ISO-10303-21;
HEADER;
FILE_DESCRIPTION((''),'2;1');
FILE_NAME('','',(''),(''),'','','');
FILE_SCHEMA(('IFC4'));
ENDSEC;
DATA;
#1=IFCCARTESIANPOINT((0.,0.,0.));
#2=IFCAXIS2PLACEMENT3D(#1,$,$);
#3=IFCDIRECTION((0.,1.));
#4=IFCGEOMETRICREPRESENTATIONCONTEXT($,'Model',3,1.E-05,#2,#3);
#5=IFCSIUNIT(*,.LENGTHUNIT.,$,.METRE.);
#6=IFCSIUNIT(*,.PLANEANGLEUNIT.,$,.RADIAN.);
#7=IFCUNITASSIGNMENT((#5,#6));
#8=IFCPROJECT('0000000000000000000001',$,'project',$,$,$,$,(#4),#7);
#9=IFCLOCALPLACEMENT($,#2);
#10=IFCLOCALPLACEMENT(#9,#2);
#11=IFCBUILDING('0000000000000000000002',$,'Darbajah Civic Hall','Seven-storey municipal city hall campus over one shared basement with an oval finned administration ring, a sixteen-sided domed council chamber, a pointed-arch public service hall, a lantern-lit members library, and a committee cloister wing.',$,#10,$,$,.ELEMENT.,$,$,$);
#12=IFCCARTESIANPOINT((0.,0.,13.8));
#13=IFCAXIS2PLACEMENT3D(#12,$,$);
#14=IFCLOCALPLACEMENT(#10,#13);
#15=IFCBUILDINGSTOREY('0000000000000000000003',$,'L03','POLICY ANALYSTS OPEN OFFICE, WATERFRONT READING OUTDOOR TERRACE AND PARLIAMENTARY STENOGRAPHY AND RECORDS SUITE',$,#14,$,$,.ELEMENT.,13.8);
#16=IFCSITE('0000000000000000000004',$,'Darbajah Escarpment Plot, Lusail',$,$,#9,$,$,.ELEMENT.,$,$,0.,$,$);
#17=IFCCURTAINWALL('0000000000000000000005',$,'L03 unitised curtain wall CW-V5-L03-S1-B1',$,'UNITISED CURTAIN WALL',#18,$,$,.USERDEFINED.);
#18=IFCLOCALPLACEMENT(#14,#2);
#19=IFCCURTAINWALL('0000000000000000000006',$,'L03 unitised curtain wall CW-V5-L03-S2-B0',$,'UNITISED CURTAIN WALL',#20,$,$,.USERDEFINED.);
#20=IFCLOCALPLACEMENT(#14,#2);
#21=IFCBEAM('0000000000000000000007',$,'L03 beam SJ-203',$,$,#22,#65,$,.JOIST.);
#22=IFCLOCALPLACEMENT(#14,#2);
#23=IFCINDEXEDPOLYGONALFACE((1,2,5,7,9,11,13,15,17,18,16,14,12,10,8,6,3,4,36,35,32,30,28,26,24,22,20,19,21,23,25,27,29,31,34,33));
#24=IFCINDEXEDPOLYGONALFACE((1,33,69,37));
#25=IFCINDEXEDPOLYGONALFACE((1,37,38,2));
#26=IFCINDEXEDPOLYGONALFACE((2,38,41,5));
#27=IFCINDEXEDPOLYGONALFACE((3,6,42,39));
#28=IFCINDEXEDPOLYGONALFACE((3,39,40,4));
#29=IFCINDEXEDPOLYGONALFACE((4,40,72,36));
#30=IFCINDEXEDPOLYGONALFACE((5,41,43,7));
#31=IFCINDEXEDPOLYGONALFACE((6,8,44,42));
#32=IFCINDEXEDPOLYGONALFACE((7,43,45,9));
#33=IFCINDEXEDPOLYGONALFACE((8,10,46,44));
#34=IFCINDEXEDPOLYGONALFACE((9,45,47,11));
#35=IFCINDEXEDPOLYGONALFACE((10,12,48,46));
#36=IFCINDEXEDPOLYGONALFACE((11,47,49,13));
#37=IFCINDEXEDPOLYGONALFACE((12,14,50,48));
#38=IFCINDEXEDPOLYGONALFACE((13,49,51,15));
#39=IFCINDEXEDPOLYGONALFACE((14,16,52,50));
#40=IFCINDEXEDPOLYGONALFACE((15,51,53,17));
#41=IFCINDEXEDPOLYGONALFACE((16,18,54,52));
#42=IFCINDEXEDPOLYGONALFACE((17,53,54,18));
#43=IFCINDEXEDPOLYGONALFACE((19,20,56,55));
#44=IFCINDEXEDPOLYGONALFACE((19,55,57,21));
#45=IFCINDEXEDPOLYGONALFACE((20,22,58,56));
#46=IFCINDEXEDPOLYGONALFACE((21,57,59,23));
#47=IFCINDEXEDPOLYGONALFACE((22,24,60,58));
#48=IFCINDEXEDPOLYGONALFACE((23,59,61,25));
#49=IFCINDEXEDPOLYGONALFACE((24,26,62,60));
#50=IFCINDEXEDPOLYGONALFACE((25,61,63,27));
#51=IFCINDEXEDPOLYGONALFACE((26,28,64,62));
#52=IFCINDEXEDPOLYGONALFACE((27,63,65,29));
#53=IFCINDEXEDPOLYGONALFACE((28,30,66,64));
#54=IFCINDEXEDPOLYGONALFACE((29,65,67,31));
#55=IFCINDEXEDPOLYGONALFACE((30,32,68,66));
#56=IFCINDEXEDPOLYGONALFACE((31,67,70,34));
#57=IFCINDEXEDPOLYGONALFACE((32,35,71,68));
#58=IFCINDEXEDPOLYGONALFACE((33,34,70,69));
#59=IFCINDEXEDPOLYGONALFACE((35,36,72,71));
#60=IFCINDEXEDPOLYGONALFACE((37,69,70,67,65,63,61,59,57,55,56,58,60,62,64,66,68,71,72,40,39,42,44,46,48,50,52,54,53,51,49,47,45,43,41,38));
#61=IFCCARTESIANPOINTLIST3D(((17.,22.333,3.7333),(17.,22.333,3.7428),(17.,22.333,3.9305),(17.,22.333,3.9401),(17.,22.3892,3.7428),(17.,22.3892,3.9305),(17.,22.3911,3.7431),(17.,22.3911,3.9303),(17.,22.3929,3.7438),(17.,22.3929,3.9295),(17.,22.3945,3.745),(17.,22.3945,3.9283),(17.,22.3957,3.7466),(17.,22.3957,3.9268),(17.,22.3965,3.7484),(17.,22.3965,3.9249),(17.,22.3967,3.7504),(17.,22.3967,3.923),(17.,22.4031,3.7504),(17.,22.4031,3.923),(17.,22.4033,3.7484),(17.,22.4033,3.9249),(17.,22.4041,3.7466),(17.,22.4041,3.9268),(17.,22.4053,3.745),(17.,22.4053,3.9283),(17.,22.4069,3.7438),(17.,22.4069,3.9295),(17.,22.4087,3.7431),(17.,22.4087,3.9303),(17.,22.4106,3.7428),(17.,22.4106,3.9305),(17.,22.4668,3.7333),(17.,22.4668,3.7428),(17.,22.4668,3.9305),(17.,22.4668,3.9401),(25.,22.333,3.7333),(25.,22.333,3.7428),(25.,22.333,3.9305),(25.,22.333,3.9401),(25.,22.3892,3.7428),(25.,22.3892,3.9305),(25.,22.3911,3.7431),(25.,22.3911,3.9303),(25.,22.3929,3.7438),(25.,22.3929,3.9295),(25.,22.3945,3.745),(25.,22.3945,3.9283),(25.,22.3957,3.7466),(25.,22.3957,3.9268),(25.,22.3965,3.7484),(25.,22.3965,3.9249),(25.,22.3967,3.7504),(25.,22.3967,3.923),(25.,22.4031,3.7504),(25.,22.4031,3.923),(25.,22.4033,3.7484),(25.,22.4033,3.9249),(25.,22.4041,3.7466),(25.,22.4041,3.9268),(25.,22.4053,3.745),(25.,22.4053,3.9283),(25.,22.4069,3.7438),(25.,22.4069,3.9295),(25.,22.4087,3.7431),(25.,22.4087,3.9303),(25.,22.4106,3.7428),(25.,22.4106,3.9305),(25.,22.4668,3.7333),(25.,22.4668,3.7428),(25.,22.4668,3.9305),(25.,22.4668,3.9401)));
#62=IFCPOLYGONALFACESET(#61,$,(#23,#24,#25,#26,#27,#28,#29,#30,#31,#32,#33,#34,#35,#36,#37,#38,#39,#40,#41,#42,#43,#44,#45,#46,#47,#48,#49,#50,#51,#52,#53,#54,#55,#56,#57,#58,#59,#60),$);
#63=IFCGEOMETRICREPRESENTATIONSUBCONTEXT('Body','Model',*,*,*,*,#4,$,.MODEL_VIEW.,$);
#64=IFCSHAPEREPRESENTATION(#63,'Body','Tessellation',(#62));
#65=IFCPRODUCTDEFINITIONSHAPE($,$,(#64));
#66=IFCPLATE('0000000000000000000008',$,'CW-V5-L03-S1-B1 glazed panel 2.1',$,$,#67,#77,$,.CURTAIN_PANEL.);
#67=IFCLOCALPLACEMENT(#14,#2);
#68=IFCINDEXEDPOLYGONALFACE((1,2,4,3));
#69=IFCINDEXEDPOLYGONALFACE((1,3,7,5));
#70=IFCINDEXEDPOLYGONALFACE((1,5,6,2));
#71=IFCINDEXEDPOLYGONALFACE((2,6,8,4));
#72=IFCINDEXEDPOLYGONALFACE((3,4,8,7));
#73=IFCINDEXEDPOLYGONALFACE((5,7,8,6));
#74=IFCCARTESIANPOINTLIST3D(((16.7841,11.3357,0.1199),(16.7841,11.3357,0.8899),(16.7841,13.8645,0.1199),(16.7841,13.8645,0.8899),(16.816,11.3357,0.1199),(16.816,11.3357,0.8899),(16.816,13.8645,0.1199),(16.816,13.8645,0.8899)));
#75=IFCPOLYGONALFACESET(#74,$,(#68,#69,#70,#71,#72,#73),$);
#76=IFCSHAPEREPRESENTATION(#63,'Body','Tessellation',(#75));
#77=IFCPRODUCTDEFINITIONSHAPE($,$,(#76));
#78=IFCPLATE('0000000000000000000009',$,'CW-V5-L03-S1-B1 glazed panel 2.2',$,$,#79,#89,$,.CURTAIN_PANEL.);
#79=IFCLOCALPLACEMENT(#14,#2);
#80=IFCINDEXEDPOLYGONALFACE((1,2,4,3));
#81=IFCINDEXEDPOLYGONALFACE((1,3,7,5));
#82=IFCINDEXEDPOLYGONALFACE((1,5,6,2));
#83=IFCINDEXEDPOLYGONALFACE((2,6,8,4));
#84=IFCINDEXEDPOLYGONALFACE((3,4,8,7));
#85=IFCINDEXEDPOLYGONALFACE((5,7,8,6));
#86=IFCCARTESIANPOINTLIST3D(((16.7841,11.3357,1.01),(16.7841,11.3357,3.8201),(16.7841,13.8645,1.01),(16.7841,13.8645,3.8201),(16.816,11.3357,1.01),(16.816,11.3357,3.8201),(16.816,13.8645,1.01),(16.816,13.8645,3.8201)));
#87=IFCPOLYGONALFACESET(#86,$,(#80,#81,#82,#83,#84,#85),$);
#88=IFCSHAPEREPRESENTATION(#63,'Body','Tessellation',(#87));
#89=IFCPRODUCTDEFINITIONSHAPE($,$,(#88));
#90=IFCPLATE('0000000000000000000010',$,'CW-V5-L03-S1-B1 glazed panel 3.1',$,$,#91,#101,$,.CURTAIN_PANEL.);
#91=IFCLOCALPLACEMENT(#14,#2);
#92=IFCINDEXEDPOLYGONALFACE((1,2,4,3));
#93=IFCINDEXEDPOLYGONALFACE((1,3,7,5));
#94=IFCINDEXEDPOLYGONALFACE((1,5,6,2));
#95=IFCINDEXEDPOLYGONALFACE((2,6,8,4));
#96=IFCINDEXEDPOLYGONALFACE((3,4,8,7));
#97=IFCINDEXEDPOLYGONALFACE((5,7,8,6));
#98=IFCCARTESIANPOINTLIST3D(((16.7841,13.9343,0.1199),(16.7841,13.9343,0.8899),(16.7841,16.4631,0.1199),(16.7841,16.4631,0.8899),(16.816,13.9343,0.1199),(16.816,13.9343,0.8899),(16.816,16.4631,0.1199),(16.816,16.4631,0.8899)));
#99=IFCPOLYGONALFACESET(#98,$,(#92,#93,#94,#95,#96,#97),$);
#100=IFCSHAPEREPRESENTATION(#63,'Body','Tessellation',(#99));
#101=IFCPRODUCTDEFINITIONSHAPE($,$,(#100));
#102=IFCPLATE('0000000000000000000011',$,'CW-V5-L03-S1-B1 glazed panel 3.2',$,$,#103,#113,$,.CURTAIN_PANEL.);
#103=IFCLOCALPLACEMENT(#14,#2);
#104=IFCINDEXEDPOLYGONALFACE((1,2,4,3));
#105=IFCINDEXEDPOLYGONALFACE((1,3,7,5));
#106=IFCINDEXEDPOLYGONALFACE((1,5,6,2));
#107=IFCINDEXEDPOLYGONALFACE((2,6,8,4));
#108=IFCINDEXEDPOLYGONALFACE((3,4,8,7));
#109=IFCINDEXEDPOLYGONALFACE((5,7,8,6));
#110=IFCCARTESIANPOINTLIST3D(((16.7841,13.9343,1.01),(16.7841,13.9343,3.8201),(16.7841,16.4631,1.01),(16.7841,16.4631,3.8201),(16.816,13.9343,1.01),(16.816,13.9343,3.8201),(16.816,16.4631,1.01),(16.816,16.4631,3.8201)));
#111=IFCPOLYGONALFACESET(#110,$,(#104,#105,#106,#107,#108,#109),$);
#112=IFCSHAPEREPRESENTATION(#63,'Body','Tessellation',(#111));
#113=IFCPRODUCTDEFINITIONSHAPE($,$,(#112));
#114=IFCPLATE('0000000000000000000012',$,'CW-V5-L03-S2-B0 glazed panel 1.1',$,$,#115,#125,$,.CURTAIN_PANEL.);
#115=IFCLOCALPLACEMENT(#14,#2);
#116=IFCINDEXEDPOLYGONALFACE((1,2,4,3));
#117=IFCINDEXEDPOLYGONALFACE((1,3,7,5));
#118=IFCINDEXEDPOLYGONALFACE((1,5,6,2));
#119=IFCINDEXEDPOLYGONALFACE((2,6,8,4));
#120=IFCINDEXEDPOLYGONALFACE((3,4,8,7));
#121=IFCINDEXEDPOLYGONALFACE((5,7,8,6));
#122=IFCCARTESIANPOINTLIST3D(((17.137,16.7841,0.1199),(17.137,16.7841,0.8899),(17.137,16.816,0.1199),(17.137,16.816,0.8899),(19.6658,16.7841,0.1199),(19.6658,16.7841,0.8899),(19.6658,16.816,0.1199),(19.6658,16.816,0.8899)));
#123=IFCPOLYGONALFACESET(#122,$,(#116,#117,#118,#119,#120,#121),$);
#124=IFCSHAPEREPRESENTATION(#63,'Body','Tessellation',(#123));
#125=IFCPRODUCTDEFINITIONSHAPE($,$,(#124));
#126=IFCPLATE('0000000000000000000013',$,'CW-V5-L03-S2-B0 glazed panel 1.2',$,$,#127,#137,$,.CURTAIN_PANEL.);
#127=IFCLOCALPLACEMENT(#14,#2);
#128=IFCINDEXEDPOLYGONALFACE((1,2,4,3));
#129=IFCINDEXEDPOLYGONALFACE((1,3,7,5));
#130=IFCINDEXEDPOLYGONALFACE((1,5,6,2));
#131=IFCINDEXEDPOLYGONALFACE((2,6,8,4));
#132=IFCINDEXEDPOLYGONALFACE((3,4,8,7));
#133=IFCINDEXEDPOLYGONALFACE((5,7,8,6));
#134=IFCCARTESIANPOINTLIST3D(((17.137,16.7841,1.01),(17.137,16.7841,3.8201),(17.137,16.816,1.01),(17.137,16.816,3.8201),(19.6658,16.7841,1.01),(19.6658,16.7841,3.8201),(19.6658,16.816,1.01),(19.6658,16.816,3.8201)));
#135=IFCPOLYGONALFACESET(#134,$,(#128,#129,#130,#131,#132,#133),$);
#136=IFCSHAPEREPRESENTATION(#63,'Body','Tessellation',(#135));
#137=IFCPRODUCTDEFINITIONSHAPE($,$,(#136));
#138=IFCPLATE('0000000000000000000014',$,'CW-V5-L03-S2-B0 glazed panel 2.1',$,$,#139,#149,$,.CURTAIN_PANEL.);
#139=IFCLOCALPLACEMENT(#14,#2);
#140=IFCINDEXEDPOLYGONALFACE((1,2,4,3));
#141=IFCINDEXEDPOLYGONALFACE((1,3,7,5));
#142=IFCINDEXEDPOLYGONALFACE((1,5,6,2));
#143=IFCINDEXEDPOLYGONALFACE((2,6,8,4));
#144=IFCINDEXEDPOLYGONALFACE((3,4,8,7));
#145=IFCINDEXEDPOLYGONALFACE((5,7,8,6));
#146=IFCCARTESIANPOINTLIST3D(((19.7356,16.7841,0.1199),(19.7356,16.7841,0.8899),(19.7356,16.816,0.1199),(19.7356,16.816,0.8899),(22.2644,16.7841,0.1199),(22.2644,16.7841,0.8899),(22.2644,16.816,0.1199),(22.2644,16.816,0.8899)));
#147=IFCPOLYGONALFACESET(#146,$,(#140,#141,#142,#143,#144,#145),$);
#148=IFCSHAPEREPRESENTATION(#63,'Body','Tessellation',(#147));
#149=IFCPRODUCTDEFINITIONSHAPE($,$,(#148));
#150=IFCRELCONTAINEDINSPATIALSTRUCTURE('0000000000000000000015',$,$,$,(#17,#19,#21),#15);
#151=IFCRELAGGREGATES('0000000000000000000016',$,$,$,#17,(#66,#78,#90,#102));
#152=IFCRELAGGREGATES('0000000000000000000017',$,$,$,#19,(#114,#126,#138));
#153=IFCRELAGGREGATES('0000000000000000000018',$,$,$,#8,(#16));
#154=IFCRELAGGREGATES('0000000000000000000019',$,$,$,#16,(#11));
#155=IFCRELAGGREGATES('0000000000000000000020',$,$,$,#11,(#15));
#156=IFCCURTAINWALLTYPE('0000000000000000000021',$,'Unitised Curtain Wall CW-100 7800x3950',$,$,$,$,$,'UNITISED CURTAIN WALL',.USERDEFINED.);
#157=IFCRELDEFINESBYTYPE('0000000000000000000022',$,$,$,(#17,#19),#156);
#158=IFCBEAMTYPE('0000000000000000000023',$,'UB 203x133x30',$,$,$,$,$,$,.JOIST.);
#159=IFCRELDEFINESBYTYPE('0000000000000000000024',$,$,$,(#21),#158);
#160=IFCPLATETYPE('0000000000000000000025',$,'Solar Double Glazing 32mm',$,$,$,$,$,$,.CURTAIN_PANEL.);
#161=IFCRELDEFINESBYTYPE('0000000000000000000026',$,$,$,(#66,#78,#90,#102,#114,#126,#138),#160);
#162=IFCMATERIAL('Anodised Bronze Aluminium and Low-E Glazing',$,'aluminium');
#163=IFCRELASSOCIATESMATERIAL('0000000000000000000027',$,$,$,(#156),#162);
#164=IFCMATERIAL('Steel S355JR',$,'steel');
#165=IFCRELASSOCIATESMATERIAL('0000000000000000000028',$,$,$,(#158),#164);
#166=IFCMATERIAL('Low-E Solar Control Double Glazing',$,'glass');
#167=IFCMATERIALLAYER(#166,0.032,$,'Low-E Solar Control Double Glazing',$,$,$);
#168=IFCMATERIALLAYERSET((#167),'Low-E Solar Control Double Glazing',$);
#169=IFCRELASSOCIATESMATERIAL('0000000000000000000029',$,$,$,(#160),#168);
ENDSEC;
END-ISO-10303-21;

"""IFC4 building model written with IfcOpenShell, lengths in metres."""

from ifc_helpers import new_model, si_unit, direction, frame, origin, origin_2d, place, context, subcontext, project, spatial, rectangle, i_section, extrude, material, layer, layer_set, material_profile, profile_set, type_object, element, aggregate, save


model = new_model("IFC4")

# Units and contexts
model_context = context("Model", 3, precision=1e-05, world=origin(), true_north=direction((0.0, 1.0)))
body_context = subcontext(model_context, "Body", "Model", "MODEL_VIEW")
ifc_project = project(units=[si_unit("LENGTHUNIT", "METRE"), si_unit("PLANEANGLEUNIT", "RADIAN")], contexts=[model_context])

# Site, building, storey
site_placement = place(None, origin())
site = spatial("IfcSite", under=ifc_project, at=site_placement, Name="Darbajah Escarpment Plot, Lusail", CompositionType="ELEMENT", RefElevation=0.0)
building_placement = place(site_placement, origin())
building = spatial("IfcBuilding", under=site, at=building_placement, Name="Darbajah Civic Hall", Description="Seven-storey municipal city hall campus over one shared basement with an oval finned administration ring, a sixteen-sided domed council chamber, a pointed-arch public service hall, a lantern-lit members library, and a committee cloister wing.", CompositionType="ELEMENT")
storey_placement = place(building_placement, frame((0.0, 0.0, 13.8)))
storey = spatial("IfcBuildingStorey", under=building, at=storey_placement, Name="L03", Description="POLICY ANALYSTS OPEN OFFICE, WATERFRONT READING OUTDOOR TERRACE AND PARLIAMENTARY STENOGRAPHY AND RECORDS SUITE", CompositionType="ELEMENT", Elevation=13.8)

# Curtain walls
ifc_material_1 = material(Name="Anodised Bronze Aluminium and Low-E Glazing", Category="aluminium")
curtain_wall_type = type_object("IfcCurtainWallType", Name="Unitised Curtain Wall CW-100 7800x3950", ElementType="UNITISED CURTAIN WALL", PredefinedType="USERDEFINED", material=ifc_material_1)
curtain_wall_1_placement = place(storey_placement, origin())
curtain_wall_1 = element("IfcCurtainWall", 1, at=curtain_wall_1_placement, inside=storey, type_object=curtain_wall_type, Name="L03 unitised curtain wall CW-V5-L03-S1-B1", ObjectType="UNITISED CURTAIN WALL", PredefinedType="USERDEFINED")
curtain_wall_2_placement = place(storey_placement, origin())
curtain_wall_2 = element("IfcCurtainWall", 2, at=curtain_wall_2_placement, inside=storey, type_object=curtain_wall_type, Name="L03 unitised curtain wall CW-V5-L03-S2-B0", ObjectType="UNITISED CURTAIN WALL", PredefinedType="USERDEFINED")

# Beam
ifc_material_2 = material(Name="Steel S355JR", Category="steel")
ifc_material_profile_1 = material_profile(ifc_material_2, i_section(OverallWidth=0.1338, OverallDepth=0.2068, WebThickness=0.0063, FlangeThickness=0.0095, FilletRadius=0.0076, at=origin_2d()), Name="UB 203x133x30")
ifc_profile_set_1 = profile_set([ifc_material_profile_1], Name="Steel S355JR")
beam_type_1 = type_object("IfcBeamType", Name="UB 203x133x30", PredefinedType="JOIST", material=ifc_profile_set_1)
for number, where, z_axis, x_axis, name in (
    (3, (17.0, 22.3999, 3.8367), (1.0, 0.0, 0.0), (0.0, 1.0, 0.0), "L03 beam SJ-203"),
):
    element("IfcBeam", number, at=place(storey_placement, frame(where, z_axis=z_axis, x_axis=x_axis)), inside=storey, type_object=beam_type_1, Name=name, PredefinedType="JOIST", context=body_context, shape_type="SweptSolid", body=[
        extrude(i_section(OverallWidth=0.1338, OverallDepth=0.2068, WebThickness=0.0063, FlangeThickness=0.0095, FilletRadius=0.0076, at=origin_2d()), origin(), (0.0, 0.0, 1.0), 8.0),
    ])

# Plates
ifc_material_3 = material(Name="Low-E Solar Control Double Glazing", Category="glass")
ifc_layer = layer(ifc_material_3, 0.032, Name="Low-E Solar Control Double Glazing")
ifc_layer_set = layer_set([ifc_layer], Name="Low-E Solar Control Double Glazing")
plate_type = type_object("IfcPlateType", Name="Solar Double Glazing 32mm", PredefinedType="CURTAIN_PANEL", material=ifc_layer_set)
plate_1_placement = place(storey_placement, frame((16.8, 12.6001, 0.1199), z_axis=(0.0, 0.0, 1.0), x_axis=(0.0, 1.0, 0.0)))
plate_1 = element("IfcPlate", 4, at=plate_1_placement, type_object=plate_type, Name="CW-V5-L03-S1-B1 glazed panel 2.1", PredefinedType="CURTAIN_PANEL", context=body_context, shape_type="SweptSolid", body=[
    extrude(rectangle(XDim=2.5288, YDim=0.032, at=origin_2d()), origin(), (0.0, 0.0, 1.0), 0.77),
])
plate_2_placement = place(storey_placement, frame((16.8, 12.6001, 1.01), z_axis=(0.0, 0.0, 1.0), x_axis=(0.0, 1.0, 0.0)))
plate_2 = element("IfcPlate", 5, at=plate_2_placement, type_object=plate_type, Name="CW-V5-L03-S1-B1 glazed panel 2.2", PredefinedType="CURTAIN_PANEL", context=body_context, shape_type="SweptSolid", body=[
    extrude(rectangle(XDim=2.5288, YDim=0.032, at=origin_2d()), origin(), (0.0, 0.0, 1.0), 2.8101),
])
plate_3_placement = place(storey_placement, frame((16.8, 15.1987, 0.1199), z_axis=(0.0, 0.0, 1.0), x_axis=(0.0, 1.0, 0.0)))
plate_3 = element("IfcPlate", 6, at=plate_3_placement, type_object=plate_type, Name="CW-V5-L03-S1-B1 glazed panel 3.1", PredefinedType="CURTAIN_PANEL", context=body_context, shape_type="SweptSolid", body=[
    extrude(rectangle(XDim=2.5288, YDim=0.032, at=origin_2d()), origin(), (0.0, 0.0, 1.0), 0.77),
])
plate_4_placement = place(storey_placement, frame((16.8, 15.1987, 1.01), z_axis=(0.0, 0.0, 1.0), x_axis=(0.0, 1.0, 0.0)))
plate_4 = element("IfcPlate", 7, at=plate_4_placement, type_object=plate_type, Name="CW-V5-L03-S1-B1 glazed panel 3.2", PredefinedType="CURTAIN_PANEL", context=body_context, shape_type="SweptSolid", body=[
    extrude(rectangle(XDim=2.5288, YDim=0.032, at=origin_2d()), origin(), (0.0, 0.0, 1.0), 2.8101),
])
aggregate(curtain_wall_1, [plate_1, plate_2, plate_3, plate_4])
plate_5_placement = place(storey_placement, frame((18.4014, 16.8, 0.1199), z_axis=(0.0, 0.0, 1.0), x_axis=(1.0, 0.0, 0.0)))
plate_5 = element("IfcPlate", 8, at=plate_5_placement, type_object=plate_type, Name="CW-V5-L03-S2-B0 glazed panel 1.1", PredefinedType="CURTAIN_PANEL", context=body_context, shape_type="SweptSolid", body=[
    extrude(rectangle(XDim=2.5288, YDim=0.032, at=origin_2d()), origin(), (0.0, 0.0, 1.0), 0.77),
])
plate_6_placement = place(storey_placement, frame((18.4014, 16.8, 1.01), z_axis=(0.0, 0.0, 1.0), x_axis=(1.0, 0.0, 0.0)))
plate_6 = element("IfcPlate", 9, at=plate_6_placement, type_object=plate_type, Name="CW-V5-L03-S2-B0 glazed panel 1.2", PredefinedType="CURTAIN_PANEL", context=body_context, shape_type="SweptSolid", body=[
    extrude(rectangle(XDim=2.5288, YDim=0.032, at=origin_2d()), origin(), (0.0, 0.0, 1.0), 2.8101),
])
plate_7_placement = place(storey_placement, frame((21.0, 16.8, 0.1199), z_axis=(0.0, 0.0, 1.0), x_axis=(1.0, 0.0, 0.0)))
plate_7 = element("IfcPlate", 10, at=plate_7_placement, type_object=plate_type, Name="CW-V5-L03-S2-B0 glazed panel 2.1", PredefinedType="CURTAIN_PANEL", context=body_context, shape_type="SweptSolid", body=[
    extrude(rectangle(XDim=2.5288, YDim=0.032, at=origin_2d()), origin(), (0.0, 0.0, 1.0), 0.77),
])
aggregate(curtain_wall_2, [plate_5, plate_6, plate_7])

save(model, "model.ifc")
